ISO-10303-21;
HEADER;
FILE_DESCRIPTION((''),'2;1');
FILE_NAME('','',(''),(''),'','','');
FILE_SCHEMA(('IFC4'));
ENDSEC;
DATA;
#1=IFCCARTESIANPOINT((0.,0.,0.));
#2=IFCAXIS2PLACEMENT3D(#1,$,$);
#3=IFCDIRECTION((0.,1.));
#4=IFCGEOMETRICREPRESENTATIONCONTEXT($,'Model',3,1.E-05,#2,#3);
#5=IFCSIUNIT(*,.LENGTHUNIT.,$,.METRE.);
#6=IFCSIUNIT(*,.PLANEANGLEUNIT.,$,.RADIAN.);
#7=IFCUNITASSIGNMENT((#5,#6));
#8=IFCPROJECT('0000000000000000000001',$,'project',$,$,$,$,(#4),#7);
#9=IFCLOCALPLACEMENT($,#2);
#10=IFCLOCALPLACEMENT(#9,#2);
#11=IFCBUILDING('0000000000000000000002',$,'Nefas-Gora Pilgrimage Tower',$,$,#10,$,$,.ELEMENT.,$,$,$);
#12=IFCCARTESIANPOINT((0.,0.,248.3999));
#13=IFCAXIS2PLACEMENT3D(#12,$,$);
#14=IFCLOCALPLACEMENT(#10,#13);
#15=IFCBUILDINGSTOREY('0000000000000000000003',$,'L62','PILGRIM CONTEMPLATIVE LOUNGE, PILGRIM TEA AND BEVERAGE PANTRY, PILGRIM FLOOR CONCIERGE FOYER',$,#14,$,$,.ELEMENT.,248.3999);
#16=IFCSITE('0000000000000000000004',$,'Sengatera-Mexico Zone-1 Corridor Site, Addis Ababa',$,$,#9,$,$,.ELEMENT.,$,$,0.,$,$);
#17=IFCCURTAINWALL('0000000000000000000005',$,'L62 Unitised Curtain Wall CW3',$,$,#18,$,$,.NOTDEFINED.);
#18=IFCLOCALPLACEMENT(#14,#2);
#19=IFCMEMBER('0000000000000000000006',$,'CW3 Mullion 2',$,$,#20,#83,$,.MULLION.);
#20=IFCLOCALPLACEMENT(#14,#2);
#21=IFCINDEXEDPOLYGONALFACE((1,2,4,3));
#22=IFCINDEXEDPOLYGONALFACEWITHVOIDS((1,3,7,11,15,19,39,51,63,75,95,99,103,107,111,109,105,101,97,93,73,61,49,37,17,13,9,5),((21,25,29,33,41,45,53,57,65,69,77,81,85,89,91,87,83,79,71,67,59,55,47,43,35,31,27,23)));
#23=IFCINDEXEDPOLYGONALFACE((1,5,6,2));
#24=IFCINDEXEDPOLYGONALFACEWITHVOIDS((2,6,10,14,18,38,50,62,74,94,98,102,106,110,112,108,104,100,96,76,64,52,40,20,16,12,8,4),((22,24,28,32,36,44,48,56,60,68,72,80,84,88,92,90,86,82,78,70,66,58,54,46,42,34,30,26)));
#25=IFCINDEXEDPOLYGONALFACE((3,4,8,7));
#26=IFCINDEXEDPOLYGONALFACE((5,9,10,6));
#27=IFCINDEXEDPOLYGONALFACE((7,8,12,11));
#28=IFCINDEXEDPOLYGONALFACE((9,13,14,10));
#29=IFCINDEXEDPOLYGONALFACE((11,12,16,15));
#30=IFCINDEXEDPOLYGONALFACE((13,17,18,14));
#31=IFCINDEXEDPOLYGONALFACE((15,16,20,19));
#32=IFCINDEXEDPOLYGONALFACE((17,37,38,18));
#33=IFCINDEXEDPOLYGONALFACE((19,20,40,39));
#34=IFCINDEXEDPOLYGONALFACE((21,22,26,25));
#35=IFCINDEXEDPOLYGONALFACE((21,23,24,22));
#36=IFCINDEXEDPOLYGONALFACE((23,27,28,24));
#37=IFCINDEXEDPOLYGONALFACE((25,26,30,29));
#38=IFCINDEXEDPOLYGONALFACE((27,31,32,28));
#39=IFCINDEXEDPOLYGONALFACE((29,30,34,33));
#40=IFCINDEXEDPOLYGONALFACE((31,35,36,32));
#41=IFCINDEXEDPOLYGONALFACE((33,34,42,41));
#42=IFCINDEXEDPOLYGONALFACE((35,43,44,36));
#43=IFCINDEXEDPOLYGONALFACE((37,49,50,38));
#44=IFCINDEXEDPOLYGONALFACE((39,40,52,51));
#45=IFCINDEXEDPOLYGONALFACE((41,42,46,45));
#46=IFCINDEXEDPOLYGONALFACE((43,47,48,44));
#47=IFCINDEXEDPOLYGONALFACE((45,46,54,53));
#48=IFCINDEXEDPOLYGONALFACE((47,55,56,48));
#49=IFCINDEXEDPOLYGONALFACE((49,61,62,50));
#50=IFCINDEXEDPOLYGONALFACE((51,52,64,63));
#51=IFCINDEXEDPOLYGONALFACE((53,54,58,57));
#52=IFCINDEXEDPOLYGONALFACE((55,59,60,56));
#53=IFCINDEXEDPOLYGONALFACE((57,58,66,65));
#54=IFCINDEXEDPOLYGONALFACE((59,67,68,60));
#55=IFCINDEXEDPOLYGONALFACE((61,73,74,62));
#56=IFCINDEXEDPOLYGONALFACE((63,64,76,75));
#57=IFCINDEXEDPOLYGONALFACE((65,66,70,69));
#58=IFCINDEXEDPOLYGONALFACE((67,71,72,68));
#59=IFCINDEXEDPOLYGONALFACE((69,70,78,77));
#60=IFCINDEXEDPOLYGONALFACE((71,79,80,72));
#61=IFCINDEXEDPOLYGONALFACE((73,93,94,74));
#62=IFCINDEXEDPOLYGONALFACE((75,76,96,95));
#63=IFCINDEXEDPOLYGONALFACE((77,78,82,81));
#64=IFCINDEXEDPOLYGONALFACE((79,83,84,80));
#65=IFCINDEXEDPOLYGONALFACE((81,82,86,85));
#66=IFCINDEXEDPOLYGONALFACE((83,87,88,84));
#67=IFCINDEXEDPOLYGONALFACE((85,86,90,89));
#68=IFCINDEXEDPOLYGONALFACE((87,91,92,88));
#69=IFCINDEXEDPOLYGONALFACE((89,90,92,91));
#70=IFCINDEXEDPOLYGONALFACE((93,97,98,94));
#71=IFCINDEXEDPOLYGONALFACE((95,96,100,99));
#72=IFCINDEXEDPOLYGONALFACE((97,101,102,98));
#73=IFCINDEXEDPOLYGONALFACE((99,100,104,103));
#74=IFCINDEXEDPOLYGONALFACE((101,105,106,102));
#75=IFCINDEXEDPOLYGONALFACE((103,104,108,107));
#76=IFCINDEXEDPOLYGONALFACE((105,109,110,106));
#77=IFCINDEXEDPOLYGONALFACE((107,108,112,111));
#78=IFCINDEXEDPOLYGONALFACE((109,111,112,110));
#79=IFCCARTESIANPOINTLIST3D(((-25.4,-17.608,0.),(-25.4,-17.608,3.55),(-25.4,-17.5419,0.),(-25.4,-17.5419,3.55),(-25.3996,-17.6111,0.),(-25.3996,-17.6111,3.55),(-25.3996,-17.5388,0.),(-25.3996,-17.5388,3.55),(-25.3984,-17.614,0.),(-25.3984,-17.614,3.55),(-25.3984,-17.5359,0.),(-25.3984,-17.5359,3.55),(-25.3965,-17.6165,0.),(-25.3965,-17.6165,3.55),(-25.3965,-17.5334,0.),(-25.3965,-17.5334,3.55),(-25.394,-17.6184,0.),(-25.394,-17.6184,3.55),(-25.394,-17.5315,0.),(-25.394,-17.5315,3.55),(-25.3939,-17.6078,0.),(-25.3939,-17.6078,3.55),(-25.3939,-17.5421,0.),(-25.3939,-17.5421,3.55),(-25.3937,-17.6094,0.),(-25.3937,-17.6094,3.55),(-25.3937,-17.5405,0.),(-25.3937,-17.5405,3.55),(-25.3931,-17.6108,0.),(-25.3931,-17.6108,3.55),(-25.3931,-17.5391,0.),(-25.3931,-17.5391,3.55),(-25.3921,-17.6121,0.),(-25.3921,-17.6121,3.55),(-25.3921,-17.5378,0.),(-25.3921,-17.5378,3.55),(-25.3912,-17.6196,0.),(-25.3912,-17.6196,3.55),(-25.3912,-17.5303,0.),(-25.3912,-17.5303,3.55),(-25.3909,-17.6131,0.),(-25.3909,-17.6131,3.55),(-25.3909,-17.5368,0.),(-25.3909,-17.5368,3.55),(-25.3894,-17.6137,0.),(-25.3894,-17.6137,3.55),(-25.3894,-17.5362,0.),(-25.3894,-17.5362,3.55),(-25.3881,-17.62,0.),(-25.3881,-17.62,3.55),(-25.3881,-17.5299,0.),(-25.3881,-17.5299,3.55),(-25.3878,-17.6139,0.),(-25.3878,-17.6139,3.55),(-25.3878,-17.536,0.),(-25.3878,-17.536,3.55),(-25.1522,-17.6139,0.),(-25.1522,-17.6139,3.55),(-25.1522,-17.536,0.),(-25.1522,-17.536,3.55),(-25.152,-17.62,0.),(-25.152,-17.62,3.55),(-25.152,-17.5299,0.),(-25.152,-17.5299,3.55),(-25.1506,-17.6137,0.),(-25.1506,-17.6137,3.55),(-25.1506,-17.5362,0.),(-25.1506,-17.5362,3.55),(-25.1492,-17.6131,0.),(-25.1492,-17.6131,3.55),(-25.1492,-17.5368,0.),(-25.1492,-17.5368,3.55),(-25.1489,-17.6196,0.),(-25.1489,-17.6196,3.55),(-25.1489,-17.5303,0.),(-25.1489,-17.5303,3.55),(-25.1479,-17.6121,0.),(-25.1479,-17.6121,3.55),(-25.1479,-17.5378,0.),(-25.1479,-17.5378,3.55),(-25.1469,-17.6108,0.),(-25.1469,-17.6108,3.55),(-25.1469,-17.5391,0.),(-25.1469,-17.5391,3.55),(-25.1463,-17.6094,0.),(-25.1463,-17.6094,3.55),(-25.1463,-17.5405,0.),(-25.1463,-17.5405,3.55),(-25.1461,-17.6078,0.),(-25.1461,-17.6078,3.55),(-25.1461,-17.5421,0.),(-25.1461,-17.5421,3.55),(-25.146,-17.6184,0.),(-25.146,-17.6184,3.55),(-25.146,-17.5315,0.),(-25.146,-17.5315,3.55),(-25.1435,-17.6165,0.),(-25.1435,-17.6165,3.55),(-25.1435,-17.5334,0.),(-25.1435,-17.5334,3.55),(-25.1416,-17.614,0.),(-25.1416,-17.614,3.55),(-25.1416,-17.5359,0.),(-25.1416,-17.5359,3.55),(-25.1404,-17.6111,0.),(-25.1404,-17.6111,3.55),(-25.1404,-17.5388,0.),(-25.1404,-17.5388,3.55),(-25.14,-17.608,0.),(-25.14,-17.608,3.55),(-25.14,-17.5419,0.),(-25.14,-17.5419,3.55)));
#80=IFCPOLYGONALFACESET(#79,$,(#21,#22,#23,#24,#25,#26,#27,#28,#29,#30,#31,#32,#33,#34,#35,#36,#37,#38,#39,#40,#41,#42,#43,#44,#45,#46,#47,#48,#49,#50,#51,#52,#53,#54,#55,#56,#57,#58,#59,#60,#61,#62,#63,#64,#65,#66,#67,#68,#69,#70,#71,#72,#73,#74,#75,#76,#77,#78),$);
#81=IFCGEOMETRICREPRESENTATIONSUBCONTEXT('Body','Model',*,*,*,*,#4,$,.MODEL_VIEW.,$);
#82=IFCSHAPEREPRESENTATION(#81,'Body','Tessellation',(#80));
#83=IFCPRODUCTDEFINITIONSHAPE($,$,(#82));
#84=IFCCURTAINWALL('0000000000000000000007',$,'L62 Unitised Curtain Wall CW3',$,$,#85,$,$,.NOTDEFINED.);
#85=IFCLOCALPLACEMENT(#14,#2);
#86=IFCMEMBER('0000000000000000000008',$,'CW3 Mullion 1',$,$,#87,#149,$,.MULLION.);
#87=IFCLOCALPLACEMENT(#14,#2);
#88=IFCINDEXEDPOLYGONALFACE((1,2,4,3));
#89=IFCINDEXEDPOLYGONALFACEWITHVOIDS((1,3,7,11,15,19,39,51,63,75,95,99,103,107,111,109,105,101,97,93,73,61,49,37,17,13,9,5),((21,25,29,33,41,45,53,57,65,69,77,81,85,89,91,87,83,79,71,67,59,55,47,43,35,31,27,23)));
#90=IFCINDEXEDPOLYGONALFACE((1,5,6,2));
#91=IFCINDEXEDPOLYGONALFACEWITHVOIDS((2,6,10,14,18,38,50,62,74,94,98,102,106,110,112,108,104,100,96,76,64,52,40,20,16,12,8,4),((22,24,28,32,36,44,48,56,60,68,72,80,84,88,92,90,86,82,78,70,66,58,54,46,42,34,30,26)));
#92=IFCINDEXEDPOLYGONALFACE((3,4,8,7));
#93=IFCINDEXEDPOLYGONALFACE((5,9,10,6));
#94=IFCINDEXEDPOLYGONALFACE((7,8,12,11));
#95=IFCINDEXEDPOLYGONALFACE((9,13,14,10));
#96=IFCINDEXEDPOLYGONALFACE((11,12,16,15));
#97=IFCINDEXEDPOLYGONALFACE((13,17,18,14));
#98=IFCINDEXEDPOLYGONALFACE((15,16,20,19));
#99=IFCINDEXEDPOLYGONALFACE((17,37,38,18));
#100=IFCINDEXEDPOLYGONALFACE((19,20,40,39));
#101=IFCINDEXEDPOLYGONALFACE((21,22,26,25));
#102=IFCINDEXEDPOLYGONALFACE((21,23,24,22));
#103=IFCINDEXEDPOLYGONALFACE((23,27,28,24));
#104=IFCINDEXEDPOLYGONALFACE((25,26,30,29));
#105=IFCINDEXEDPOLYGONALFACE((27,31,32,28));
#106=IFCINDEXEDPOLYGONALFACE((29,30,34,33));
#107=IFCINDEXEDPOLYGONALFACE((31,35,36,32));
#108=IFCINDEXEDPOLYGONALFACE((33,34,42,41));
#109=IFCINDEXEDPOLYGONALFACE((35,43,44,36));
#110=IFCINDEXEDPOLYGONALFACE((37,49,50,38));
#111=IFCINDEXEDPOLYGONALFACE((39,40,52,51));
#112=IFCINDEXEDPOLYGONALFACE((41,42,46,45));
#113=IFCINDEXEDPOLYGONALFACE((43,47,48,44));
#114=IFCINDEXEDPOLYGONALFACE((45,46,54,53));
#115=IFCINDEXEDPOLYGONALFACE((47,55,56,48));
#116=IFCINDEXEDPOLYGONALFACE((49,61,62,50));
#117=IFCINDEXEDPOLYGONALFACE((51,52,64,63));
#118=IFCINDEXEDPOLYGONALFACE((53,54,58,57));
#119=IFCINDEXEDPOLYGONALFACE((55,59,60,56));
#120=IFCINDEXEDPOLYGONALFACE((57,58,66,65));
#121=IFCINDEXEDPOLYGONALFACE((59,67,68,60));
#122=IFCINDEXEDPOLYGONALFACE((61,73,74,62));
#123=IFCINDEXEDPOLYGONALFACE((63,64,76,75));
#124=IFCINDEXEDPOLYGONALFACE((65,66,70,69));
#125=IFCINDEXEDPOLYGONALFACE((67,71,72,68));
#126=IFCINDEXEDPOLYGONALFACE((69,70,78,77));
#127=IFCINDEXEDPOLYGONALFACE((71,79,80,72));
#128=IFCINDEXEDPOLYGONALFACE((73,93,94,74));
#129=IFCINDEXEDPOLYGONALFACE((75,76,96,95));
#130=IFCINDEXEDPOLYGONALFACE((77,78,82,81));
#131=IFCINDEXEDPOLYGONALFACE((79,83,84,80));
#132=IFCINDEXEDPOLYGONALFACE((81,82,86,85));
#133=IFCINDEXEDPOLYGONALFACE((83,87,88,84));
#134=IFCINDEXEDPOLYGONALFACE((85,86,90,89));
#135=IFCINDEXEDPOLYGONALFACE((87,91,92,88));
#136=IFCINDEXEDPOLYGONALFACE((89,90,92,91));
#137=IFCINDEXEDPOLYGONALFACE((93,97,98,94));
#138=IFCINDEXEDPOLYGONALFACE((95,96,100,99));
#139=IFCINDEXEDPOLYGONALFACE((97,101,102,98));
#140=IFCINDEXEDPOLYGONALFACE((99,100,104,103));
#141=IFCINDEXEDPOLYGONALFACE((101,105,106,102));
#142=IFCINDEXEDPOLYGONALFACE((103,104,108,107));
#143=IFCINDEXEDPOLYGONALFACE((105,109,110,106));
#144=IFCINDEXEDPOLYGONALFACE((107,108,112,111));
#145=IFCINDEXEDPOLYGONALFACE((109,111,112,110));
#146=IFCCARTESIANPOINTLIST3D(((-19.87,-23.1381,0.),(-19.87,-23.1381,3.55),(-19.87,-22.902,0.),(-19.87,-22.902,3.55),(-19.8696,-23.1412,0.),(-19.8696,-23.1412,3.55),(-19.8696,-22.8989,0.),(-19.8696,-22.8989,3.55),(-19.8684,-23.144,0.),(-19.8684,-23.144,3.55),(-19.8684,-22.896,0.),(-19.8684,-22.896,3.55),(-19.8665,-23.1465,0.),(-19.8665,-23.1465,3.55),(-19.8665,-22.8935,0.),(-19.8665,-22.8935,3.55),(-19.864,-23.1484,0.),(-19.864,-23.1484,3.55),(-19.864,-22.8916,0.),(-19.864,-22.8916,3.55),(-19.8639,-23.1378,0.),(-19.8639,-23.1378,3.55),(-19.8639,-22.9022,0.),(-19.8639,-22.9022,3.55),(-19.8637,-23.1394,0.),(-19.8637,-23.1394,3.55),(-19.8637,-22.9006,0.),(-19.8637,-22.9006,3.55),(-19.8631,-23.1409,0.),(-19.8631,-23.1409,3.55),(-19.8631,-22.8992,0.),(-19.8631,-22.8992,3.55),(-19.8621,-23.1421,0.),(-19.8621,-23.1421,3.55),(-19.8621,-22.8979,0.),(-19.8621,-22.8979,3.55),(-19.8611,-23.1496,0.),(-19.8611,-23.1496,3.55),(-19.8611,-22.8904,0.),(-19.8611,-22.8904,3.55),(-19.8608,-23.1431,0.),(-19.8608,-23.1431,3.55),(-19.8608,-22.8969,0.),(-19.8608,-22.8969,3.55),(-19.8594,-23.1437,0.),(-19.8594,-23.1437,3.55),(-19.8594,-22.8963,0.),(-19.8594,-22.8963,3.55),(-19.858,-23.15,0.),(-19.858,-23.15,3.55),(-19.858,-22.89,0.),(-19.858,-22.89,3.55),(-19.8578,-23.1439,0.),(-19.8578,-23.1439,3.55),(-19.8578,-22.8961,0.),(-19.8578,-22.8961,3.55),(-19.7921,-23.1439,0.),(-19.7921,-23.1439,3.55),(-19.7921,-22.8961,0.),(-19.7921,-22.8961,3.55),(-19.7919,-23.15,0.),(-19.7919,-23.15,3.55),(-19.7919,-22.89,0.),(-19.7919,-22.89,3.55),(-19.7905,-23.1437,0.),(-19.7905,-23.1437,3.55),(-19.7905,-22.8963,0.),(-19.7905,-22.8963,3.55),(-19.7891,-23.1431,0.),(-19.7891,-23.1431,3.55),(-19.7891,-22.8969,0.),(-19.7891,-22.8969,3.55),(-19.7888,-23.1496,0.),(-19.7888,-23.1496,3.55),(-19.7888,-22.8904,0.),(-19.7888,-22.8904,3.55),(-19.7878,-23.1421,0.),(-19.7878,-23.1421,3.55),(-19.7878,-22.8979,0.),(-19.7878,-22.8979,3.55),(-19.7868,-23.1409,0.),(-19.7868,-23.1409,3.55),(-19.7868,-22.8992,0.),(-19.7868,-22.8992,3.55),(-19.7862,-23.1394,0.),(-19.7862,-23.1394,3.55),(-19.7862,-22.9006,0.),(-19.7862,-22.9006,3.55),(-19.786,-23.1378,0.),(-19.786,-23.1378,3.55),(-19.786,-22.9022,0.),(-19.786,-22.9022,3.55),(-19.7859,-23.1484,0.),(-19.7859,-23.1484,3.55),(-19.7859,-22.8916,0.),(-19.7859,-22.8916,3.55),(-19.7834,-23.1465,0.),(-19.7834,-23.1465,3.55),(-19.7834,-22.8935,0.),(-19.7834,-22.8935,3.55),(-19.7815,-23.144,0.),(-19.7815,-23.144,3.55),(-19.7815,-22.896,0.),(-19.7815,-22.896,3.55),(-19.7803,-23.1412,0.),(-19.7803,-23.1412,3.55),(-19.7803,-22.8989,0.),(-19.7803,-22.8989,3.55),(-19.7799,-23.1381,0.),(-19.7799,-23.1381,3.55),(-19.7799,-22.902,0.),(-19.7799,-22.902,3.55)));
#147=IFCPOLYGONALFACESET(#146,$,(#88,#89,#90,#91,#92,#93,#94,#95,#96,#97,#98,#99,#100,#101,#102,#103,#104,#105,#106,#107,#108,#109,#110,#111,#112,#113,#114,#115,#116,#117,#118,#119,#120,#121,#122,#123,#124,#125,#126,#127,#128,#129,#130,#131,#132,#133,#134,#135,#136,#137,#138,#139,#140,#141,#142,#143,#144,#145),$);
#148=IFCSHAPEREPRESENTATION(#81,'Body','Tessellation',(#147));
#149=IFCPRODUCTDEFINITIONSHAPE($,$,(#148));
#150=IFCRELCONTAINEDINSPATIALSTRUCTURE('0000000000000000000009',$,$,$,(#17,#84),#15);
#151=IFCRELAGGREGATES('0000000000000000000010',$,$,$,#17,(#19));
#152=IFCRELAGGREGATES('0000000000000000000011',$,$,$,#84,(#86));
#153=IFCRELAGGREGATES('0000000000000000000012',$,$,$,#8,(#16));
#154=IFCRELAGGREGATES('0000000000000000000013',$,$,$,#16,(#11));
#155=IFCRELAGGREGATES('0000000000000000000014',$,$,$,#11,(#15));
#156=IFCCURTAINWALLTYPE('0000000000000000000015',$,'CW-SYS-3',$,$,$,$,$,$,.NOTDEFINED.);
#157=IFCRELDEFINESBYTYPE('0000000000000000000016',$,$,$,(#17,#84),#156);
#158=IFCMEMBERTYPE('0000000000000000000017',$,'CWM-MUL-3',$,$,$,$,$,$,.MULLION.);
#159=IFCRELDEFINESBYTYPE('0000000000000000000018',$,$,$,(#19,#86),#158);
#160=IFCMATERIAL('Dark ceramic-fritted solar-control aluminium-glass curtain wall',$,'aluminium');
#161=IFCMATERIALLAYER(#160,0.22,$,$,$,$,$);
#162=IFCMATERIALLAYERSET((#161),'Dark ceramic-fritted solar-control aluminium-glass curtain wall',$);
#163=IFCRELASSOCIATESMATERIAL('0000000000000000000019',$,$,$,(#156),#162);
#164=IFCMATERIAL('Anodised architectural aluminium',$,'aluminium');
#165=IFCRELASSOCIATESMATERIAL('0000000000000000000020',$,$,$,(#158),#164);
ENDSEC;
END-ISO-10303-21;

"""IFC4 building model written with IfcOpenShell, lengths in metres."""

from ifc_helpers import new_model, si_unit, direction, frame, origin, origin_2d, place, context, subcontext, project, spatial, hollow_rectangle, extrude, source, transform, mapped, material, layer, layer_set, material_profile, profile_set, type_object, element, aggregate, save


model = new_model("IFC4")

# Units and contexts
model_context = context("Model", 3, precision=1e-05, world=origin(), true_north=direction((0.0, 1.0)))
body_context = subcontext(model_context, "Body", "Model", "MODEL_VIEW")
ifc_project = project(units=[si_unit("LENGTHUNIT", "METRE"), si_unit("PLANEANGLEUNIT", "RADIAN")], contexts=[model_context])

# Site, building, storey
site_placement = place(None, origin())
site = spatial("IfcSite", under=ifc_project, at=site_placement, Name="Sengatera-Mexico Zone-1 Corridor Site, Addis Ababa", CompositionType="ELEMENT", RefElevation=0.0)
building_placement = place(site_placement, origin())
building = spatial("IfcBuilding", under=site, at=building_placement, Name="Nefas-Gora Pilgrimage Tower", CompositionType="ELEMENT")
storey_placement = place(building_placement, frame((0.0, 0.0, 248.3999)))
storey = spatial("IfcBuildingStorey", under=building, at=storey_placement, Name="L62", Description="PILGRIM CONTEMPLATIVE LOUNGE, PILGRIM TEA AND BEVERAGE PANTRY, PILGRIM FLOOR CONCIERGE FOYER", CompositionType="ELEMENT", Elevation=248.3999)

# Shared definitions
ifc_material_1 = material(Name="Dark ceramic-fritted solar-control aluminium-glass curtain wall", Category="aluminium")
ifc_material_2 = material(Name="Anodised architectural aluminium", Category="aluminium")

# Curtain wall, member
ifc_layer_1 = layer(ifc_material_1, 0.22)
ifc_layer_set_1 = layer_set([ifc_layer_1], Name="Dark ceramic-fritted solar-control aluminium-glass curtain wall")
curtain_wall_type_1 = type_object("IfcCurtainWallType", Name="CW-SYS-3", PredefinedType="NOTDEFINED", material=ifc_layer_set_1)
curtain_wall_1_placement = place(storey_placement, origin())
curtain_wall_1 = element("IfcCurtainWall", 1, at=curtain_wall_1_placement, inside=storey, type_object=curtain_wall_type_1, Name="L62 Unitised Curtain Wall CW3", PredefinedType="NOTDEFINED")
ifc_material_profile_1 = material_profile(ifc_material_2, hollow_rectangle(XDim=0.0901, YDim=0.26, WallThickness=0.0061, InnerFilletRadius=0.0061, OuterFilletRadius=0.012, at=origin_2d()), Name="ALU MULLION 90x260")
ifc_profile_set_1 = profile_set([ifc_material_profile_1], Name="Anodised architectural aluminium")
member_type_1 = type_object("IfcMemberType", Name="CWM-MUL-3", PredefinedType="MULLION", material=ifc_profile_set_1)
shared_shape_1 = source(origin(), body_context, "Body", "SweptSolid", [
    extrude(hollow_rectangle(XDim=0.0901, YDim=0.26, WallThickness=0.0061, InnerFilletRadius=0.0061, OuterFilletRadius=0.012, at=origin_2d()), origin(), (0.0, 0.0, 1.0), 3.55),
])
member_1_placement = place(storey_placement, frame((-25.27, -17.575, 0.0), z_axis=(0.0, 0.0, 1.0), x_axis=(0.0, -1.0, 0.0)))
member_1 = element("IfcMember", 2, at=member_1_placement, type_object=member_type_1, Name="CW3 Mullion 2", PredefinedType="MULLION", context=body_context, shape_type="MappedRepresentation", body=[
    mapped(shared_shape_1, transform((0.0, 0.0, 0.0), x_axis=(1.0, 0.0, 0.0), y_axis=(0.0, 1.0, 0.0), z_axis=(0.0, 0.0, 1.0), scale=1.0)),
])
aggregate(curtain_wall_1, [member_1])

# Curtain wall, member
curtain_wall_2_placement = place(storey_placement, origin())
curtain_wall_2 = element("IfcCurtainWall", 3, at=curtain_wall_2_placement, inside=storey, type_object=curtain_wall_type_1, Name="L62 Unitised Curtain Wall CW3", PredefinedType="NOTDEFINED")
member_2_placement = place(storey_placement, frame((-19.825, -23.02, 0.0), z_axis=(0.0, 0.0, 1.0), x_axis=(1.0, 0.0, 0.0)))
member_2 = element("IfcMember", 4, at=member_2_placement, type_object=member_type_1, Name="CW3 Mullion 1", PredefinedType="MULLION", context=body_context, shape_type="MappedRepresentation", body=[
    mapped(shared_shape_1, transform((0.0, 0.0, 0.0), x_axis=(1.0, 0.0, 0.0), y_axis=(0.0, 1.0, 0.0), z_axis=(0.0, 0.0, 1.0), scale=1.0)),
])

aggregate(curtain_wall_2, [member_2])

save(model, "model.ifc")
